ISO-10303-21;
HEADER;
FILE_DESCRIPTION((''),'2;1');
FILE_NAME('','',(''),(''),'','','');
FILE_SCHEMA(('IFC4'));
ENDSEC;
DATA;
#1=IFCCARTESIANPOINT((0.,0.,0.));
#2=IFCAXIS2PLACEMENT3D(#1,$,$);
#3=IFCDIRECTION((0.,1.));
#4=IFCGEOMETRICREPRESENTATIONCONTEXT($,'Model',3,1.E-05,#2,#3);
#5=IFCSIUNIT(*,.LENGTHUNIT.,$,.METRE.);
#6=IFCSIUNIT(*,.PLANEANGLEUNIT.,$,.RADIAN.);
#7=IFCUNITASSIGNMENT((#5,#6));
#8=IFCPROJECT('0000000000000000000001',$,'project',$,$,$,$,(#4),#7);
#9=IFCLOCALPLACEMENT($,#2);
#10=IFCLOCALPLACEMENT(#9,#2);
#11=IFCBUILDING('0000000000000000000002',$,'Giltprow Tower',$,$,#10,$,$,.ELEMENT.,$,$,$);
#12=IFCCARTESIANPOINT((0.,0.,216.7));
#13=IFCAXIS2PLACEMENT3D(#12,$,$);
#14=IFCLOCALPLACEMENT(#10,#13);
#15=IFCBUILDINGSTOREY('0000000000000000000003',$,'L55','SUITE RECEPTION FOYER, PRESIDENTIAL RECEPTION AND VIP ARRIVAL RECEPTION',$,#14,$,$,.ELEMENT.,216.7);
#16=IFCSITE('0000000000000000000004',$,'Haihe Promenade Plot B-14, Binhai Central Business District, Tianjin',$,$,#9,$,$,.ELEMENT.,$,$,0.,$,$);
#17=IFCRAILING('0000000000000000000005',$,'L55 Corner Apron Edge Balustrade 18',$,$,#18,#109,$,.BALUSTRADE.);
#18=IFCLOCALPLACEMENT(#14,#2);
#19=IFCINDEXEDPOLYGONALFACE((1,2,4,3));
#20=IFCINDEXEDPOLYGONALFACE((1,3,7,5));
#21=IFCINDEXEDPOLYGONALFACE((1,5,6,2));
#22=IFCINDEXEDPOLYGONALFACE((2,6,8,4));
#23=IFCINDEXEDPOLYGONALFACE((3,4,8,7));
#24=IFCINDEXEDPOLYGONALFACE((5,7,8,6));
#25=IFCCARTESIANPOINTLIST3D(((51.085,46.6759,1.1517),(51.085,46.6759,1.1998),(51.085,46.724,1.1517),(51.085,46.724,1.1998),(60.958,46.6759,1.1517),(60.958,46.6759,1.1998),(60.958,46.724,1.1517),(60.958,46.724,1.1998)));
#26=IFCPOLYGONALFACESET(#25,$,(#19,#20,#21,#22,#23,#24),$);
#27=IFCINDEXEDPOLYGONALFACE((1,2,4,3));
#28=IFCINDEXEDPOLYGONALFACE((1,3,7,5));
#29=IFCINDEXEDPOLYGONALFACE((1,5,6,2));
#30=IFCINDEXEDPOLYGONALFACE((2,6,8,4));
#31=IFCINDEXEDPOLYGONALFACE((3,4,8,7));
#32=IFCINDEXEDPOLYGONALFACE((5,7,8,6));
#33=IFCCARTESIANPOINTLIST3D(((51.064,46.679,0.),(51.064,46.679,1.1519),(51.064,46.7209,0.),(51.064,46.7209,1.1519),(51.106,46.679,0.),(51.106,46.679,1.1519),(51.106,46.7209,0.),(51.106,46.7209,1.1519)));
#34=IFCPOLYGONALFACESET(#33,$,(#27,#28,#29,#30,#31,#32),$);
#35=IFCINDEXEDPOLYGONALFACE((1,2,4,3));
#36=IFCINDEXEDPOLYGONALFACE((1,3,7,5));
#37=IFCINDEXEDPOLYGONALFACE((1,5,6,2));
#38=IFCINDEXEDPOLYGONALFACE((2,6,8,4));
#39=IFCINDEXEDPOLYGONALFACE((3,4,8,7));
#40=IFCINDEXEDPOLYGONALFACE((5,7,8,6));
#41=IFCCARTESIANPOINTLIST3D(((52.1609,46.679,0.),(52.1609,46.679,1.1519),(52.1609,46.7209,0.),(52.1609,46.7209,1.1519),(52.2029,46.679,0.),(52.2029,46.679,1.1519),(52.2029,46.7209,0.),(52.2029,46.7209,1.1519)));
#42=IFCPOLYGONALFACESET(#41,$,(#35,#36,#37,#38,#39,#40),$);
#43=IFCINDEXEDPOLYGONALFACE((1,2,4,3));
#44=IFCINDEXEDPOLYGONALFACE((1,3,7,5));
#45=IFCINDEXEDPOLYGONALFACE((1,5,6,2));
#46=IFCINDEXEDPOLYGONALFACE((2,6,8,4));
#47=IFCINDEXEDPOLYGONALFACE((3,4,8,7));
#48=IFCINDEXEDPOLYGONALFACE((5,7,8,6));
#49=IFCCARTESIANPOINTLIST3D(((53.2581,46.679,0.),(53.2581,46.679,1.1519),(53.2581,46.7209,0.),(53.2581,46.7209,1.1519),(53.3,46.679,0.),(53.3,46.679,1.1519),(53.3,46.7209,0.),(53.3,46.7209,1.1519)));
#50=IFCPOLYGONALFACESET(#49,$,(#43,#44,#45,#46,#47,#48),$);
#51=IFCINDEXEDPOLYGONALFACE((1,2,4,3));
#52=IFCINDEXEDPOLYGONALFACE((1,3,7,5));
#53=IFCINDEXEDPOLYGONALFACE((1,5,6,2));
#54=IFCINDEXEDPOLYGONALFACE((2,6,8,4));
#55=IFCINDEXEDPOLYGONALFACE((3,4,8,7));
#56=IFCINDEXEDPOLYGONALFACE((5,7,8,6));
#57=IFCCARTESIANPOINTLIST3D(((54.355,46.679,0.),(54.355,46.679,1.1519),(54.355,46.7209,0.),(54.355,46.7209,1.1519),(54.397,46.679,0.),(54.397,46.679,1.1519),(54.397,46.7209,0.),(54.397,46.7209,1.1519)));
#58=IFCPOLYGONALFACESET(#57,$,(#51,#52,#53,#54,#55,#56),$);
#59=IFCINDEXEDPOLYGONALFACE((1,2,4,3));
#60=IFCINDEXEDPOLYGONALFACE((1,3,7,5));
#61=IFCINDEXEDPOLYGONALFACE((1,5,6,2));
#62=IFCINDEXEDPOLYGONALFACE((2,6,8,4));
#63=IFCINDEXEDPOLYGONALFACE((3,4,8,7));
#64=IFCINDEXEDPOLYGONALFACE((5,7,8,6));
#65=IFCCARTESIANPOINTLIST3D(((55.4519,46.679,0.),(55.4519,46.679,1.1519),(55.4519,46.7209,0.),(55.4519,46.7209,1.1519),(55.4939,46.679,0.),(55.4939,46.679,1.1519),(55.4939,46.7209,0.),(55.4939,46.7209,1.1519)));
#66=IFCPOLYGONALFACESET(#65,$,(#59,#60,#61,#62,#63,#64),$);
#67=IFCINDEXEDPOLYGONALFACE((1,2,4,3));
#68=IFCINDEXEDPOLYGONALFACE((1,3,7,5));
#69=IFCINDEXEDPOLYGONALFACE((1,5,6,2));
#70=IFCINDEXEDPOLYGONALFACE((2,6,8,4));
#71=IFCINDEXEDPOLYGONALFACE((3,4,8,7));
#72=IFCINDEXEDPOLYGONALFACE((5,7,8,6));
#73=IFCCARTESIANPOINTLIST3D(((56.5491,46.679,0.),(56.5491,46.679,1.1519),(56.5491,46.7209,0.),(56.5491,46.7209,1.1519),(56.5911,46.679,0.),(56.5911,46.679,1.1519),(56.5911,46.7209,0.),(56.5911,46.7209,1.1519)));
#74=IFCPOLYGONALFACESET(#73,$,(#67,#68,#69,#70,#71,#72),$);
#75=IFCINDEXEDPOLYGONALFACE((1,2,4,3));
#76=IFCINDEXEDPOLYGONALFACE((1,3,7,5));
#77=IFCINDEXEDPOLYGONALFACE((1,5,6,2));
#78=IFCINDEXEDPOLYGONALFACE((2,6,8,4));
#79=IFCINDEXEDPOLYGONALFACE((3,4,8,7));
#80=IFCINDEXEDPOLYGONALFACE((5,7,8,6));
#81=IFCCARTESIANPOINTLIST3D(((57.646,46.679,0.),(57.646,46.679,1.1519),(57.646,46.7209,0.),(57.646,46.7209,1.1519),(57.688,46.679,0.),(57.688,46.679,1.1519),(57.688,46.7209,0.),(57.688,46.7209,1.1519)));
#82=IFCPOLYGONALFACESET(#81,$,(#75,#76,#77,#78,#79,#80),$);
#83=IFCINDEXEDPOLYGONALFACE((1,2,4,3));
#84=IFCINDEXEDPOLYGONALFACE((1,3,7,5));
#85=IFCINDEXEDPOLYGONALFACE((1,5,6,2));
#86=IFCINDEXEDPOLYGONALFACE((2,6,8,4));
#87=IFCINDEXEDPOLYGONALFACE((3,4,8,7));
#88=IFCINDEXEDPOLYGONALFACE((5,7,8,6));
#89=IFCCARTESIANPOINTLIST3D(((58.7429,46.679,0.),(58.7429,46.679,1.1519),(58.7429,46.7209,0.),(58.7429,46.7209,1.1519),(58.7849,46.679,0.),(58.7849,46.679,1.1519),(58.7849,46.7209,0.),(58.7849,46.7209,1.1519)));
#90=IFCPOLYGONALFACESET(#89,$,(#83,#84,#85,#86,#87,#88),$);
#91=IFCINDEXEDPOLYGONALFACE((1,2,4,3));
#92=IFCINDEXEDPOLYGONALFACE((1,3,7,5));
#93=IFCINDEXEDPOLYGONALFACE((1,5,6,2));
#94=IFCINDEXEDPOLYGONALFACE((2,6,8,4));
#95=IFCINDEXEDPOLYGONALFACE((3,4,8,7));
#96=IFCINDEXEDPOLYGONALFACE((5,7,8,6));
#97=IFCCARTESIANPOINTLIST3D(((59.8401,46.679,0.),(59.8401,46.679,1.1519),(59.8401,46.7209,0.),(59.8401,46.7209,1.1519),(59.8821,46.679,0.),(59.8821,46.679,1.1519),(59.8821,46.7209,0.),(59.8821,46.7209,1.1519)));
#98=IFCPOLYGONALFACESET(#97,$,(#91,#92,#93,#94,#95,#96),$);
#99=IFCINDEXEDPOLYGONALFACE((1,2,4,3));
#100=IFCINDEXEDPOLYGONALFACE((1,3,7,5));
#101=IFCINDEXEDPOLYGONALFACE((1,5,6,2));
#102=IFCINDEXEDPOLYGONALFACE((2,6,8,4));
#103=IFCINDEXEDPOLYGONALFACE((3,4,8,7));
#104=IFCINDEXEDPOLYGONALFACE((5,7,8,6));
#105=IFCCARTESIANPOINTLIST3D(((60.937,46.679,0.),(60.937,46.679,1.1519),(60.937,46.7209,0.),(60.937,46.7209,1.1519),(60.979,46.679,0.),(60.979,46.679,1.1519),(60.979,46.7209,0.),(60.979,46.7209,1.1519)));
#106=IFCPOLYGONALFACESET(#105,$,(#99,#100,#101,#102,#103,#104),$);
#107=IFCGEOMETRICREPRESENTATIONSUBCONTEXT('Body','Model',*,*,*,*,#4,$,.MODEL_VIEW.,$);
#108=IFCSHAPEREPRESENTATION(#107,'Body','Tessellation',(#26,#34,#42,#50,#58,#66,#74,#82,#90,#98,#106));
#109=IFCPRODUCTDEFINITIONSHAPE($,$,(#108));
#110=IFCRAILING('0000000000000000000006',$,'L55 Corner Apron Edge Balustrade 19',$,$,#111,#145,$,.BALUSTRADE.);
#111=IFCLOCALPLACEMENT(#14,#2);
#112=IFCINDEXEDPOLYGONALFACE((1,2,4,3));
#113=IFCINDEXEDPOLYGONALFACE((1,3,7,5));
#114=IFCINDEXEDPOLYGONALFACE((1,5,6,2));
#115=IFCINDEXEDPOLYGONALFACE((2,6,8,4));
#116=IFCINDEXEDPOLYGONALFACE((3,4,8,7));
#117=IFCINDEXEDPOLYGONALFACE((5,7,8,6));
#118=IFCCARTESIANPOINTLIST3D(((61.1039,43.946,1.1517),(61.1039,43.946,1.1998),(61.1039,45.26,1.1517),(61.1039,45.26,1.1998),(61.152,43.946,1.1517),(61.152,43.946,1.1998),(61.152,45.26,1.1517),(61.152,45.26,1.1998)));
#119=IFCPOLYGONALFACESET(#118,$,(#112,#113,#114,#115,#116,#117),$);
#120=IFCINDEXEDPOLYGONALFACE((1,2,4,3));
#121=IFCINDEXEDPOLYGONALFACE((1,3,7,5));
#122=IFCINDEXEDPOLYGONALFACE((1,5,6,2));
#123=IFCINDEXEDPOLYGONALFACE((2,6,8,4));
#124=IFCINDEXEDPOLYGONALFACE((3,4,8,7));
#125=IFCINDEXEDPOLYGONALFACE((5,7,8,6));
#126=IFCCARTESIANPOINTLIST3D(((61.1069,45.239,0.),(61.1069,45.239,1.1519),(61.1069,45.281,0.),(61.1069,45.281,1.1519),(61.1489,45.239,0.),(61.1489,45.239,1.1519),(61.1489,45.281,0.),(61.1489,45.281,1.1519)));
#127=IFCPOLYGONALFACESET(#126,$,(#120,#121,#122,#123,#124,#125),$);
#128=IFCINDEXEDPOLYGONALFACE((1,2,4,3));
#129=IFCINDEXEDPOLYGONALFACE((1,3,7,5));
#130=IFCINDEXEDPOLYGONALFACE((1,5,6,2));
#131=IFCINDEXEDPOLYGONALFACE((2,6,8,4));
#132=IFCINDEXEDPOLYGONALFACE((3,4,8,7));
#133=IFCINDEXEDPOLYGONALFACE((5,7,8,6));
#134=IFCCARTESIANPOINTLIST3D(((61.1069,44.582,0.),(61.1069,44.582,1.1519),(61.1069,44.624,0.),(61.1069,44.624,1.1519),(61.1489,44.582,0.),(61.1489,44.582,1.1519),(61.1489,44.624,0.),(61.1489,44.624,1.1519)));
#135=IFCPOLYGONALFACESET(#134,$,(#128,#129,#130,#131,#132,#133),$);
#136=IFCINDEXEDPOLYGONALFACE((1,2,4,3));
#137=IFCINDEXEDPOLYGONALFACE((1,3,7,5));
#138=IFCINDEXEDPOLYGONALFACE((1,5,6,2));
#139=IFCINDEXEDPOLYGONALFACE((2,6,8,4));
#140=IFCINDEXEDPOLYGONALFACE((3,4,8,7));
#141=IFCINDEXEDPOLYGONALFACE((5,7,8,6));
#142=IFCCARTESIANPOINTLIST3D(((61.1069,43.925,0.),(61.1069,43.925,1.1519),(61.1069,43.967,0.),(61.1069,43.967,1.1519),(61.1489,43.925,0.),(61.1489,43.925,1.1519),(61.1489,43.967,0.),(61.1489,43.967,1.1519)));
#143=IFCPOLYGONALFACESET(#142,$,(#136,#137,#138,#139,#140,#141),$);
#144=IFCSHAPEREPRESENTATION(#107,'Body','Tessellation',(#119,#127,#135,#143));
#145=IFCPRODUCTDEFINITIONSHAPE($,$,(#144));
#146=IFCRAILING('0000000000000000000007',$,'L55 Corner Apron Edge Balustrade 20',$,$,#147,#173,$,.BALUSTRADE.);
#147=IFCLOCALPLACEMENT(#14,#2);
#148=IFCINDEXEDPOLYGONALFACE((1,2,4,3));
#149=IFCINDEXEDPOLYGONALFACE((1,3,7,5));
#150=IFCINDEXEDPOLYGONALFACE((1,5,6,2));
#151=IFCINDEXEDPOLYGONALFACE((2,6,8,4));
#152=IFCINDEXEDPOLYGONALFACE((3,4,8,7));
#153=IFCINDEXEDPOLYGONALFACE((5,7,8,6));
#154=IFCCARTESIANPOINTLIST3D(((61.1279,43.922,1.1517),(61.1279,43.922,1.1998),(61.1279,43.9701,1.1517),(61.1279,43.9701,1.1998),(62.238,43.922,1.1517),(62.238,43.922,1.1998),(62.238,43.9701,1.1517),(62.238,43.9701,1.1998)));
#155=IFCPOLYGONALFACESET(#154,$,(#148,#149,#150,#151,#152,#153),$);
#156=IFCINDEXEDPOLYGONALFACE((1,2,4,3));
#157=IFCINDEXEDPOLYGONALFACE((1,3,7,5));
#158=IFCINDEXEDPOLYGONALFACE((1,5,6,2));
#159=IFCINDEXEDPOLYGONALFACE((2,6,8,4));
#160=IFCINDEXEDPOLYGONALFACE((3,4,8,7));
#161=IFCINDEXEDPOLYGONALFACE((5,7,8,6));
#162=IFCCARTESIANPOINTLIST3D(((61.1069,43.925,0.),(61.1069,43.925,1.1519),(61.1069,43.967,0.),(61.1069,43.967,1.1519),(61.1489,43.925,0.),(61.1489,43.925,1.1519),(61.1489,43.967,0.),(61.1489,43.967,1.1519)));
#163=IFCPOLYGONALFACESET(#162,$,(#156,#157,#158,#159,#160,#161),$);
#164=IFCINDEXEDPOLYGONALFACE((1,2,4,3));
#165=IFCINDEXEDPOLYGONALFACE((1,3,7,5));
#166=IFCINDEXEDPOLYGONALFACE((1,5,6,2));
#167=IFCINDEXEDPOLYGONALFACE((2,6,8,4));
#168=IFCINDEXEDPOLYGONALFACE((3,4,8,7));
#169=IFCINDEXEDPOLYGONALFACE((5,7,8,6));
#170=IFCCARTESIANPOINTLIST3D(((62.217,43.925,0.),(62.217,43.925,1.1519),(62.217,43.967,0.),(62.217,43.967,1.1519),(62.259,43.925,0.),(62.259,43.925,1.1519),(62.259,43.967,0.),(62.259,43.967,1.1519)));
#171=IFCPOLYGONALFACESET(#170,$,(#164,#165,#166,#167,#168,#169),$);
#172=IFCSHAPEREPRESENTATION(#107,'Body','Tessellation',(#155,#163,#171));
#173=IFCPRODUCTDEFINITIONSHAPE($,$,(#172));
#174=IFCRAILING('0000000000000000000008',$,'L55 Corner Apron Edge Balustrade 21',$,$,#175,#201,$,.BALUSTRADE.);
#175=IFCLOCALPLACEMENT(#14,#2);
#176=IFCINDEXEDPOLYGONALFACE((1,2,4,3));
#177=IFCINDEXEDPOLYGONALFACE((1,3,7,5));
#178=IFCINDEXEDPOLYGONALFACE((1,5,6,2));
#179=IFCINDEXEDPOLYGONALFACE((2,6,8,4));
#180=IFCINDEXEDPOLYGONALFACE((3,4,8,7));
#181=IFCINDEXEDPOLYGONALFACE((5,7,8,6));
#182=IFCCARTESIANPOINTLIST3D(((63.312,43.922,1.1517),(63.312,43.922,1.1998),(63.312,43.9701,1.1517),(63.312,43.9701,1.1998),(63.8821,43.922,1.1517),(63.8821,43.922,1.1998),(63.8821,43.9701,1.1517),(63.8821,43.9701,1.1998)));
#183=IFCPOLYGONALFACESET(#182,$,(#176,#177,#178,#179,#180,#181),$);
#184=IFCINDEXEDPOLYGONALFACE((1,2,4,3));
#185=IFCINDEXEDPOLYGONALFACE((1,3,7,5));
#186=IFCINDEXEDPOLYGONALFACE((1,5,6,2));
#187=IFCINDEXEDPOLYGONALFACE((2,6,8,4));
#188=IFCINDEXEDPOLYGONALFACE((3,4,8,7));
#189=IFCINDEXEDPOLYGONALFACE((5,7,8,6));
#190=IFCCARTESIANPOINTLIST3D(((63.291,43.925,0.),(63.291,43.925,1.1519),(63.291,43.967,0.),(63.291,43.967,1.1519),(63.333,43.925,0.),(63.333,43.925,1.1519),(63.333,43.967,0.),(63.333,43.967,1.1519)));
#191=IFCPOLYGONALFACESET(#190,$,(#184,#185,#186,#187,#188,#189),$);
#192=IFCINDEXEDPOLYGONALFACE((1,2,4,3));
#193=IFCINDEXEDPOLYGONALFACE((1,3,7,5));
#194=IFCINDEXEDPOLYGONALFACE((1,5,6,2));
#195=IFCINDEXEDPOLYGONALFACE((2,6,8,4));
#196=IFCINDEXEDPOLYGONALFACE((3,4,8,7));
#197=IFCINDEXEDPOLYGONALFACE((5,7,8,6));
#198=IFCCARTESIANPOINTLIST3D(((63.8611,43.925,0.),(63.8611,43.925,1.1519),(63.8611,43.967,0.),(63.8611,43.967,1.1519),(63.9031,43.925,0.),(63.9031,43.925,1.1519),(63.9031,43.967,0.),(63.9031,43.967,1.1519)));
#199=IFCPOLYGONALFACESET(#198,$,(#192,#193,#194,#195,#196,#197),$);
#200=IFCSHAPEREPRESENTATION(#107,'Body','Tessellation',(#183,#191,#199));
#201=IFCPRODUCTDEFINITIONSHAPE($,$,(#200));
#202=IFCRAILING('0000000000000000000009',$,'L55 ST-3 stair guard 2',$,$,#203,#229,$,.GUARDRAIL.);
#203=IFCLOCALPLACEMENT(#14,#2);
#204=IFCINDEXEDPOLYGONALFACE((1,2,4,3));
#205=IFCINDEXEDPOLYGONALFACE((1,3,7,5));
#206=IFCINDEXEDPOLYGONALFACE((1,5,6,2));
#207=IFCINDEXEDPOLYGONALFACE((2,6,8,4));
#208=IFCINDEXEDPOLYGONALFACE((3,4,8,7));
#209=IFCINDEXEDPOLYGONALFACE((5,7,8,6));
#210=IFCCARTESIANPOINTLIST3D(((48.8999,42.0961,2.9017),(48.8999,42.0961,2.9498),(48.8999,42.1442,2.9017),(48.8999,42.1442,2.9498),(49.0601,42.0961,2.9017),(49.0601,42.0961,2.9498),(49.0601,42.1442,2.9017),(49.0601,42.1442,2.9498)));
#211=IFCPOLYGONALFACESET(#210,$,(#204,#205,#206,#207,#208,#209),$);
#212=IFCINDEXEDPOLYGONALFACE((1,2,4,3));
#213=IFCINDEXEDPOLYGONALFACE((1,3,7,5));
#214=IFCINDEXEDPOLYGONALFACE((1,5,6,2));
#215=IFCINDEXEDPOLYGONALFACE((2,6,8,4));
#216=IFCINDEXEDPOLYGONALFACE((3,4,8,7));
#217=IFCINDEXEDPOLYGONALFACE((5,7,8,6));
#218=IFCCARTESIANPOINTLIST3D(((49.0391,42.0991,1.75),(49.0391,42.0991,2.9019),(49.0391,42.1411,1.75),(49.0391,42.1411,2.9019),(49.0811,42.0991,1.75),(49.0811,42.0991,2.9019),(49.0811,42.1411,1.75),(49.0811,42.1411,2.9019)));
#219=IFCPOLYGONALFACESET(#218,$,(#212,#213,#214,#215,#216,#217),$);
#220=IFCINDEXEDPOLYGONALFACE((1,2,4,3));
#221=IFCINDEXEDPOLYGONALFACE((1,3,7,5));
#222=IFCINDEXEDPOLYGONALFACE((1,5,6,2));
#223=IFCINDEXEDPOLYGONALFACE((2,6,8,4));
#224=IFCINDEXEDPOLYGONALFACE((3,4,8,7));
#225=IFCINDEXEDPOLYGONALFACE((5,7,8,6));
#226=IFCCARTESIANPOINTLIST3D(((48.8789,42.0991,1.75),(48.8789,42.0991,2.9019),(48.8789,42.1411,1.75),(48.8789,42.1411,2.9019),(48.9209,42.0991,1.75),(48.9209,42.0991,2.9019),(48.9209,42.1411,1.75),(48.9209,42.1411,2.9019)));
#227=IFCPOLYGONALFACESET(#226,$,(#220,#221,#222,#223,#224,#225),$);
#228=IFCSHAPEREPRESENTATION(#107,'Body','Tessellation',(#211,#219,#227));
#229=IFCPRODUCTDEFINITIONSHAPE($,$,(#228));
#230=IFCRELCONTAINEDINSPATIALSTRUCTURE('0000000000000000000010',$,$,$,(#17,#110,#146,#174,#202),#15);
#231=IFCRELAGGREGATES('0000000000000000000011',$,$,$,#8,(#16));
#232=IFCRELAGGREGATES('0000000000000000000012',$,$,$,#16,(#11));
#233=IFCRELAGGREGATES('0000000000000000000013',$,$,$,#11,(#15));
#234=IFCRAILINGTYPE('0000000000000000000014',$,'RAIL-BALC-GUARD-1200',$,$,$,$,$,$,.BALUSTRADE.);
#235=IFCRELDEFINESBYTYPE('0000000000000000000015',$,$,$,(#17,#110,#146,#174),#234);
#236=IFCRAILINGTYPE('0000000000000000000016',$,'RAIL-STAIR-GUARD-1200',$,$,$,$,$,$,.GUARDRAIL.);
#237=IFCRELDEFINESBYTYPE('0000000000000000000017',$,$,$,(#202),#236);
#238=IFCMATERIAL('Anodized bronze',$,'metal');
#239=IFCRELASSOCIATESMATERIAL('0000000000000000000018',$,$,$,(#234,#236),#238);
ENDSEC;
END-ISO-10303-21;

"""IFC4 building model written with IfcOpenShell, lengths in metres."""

from ifc_helpers import new_model, si_unit, direction, frame, origin, origin_2d, place, context, subcontext, project, spatial, rectangle, extrude, material, type_object, element, save


model = new_model("IFC4")

# Units and contexts
model_context = context("Model", 3, precision=1e-05, world=origin(), true_north=direction((0.0, 1.0)))
body_context = subcontext(model_context, "Body", "Model", "MODEL_VIEW")
ifc_project = project(units=[si_unit("LENGTHUNIT", "METRE"), si_unit("PLANEANGLEUNIT", "RADIAN")], contexts=[model_context])

# Site, building, storey
site_placement = place(None, origin())
site = spatial("IfcSite", under=ifc_project, at=site_placement, Name="Haihe Promenade Plot B-14, Binhai Central Business District, Tianjin", CompositionType="ELEMENT", RefElevation=0.0)
building_placement = place(site_placement, origin())
building = spatial("IfcBuilding", under=site, at=building_placement, Name="Giltprow Tower", CompositionType="ELEMENT")
storey_placement = place(building_placement, frame((0.0, 0.0, 216.7)))
storey = spatial("IfcBuildingStorey", under=building, at=storey_placement, Name="L55", Description="SUITE RECEPTION FOYER, PRESIDENTIAL RECEPTION AND VIP ARRIVAL RECEPTION", CompositionType="ELEMENT", Elevation=216.7)

# Railings
ifc_material_1 = material(Name="Anodized bronze", Category="metal")
railing_type_1 = type_object("IfcRailingType", Name="RAIL-BALC-GUARD-1200", PredefinedType="BALUSTRADE", material=ifc_material_1)
railing_1_placement = place(storey_placement, frame((51.085, 46.7, 0.0)))
element("IfcRailing", 1, at=railing_1_placement, inside=storey, type_object=railing_type_1, Name="L55 Corner Apron Edge Balustrade 18", PredefinedType="BALUSTRADE", context=body_context, shape_type="SweptSolid", body=[
    extrude(rectangle(XDim=0.0481, YDim=0.0481, at=origin_2d()), frame((0.0, 0.0, 1.1758), z_axis=(1.0, 0.0, 0.0), x_axis=(0.0, 1.0, 0.0)), (0.0, 0.0, 1.0), 9.873),
    extrude(rectangle(XDim=0.042, YDim=0.042, at=origin_2d()), origin(), (0.0, 0.0, 1.0), 1.1519),
    extrude(rectangle(XDim=0.042, YDim=0.042, at=origin_2d()), frame((1.0969, 0.0, 0.0)), (0.0, 0.0, 1.0), 1.1519),
    extrude(rectangle(XDim=0.042, YDim=0.042, at=origin_2d()), frame((2.1941, 0.0, 0.0)), (0.0, 0.0, 1.0), 1.1519),
    extrude(rectangle(XDim=0.042, YDim=0.042, at=origin_2d()), frame((3.291, 0.0, 0.0)), (0.0, 0.0, 1.0), 1.1519),
    extrude(rectangle(XDim=0.042, YDim=0.042, at=origin_2d()), frame((4.3879, 0.0, 0.0)), (0.0, 0.0, 1.0), 1.1519),
    extrude(rectangle(XDim=0.042, YDim=0.042, at=origin_2d()), frame((5.4851, 0.0, 0.0)), (0.0, 0.0, 1.0), 1.1519),
    extrude(rectangle(XDim=0.042, YDim=0.042, at=origin_2d()), frame((6.582, 0.0, 0.0)), (0.0, 0.0, 1.0), 1.1519),
    extrude(rectangle(XDim=0.042, YDim=0.042, at=origin_2d()), frame((7.679, 0.0, 0.0)), (0.0, 0.0, 1.0), 1.1519),
    extrude(rectangle(XDim=0.042, YDim=0.042, at=origin_2d()), frame((8.7761, 0.0, 0.0)), (0.0, 0.0, 1.0), 1.1519),
    extrude(rectangle(XDim=0.042, YDim=0.042, at=origin_2d()), frame((9.873, 0.0, 0.0)), (0.0, 0.0, 1.0), 1.1519),
])
railing_2_placement = place(storey_placement, frame((61.1279, 45.26, 0.0)))
element("IfcRailing", 2, at=railing_2_placement, inside=storey, type_object=railing_type_1, Name="L55 Corner Apron Edge Balustrade 19", PredefinedType="BALUSTRADE", context=body_context, shape_type="SweptSolid", body=[
    extrude(rectangle(XDim=0.0481, YDim=0.0481, at=origin_2d()), frame((0.0, 0.0, 1.1758), z_axis=(0.0, -1.0, 0.0), x_axis=(1.0, 0.0, 0.0)), (0.0, 0.0, 1.0), 1.314),
    extrude(rectangle(XDim=0.042, YDim=0.042, at=origin_2d()), origin(), (0.0, 0.0, 1.0), 1.1519),
    extrude(rectangle(XDim=0.042, YDim=0.042, at=origin_2d()), frame((0.0, -0.657, 0.0)), (0.0, 0.0, 1.0), 1.1519),
    extrude(rectangle(XDim=0.042, YDim=0.042, at=origin_2d()), frame((0.0, -1.314, 0.0)), (0.0, 0.0, 1.0), 1.1519),
])
railing_3_placement = place(storey_placement, frame((61.1279, 43.946, 0.0)))
element("IfcRailing", 3, at=railing_3_placement, inside=storey, type_object=railing_type_1, Name="L55 Corner Apron Edge Balustrade 20", PredefinedType="BALUSTRADE", context=body_context, shape_type="SweptSolid", body=[
    extrude(rectangle(XDim=0.0481, YDim=0.0481, at=origin_2d()), frame((0.0, 0.0, 1.1758), z_axis=(1.0, 0.0, 0.0), x_axis=(0.0, 1.0, 0.0)), (0.0, 0.0, 1.0), 1.1101),
    extrude(rectangle(XDim=0.042, YDim=0.042, at=origin_2d()), origin(), (0.0, 0.0, 1.0), 1.1519),
    extrude(rectangle(XDim=0.042, YDim=0.042, at=origin_2d()), frame((1.1101, 0.0, 0.0)), (0.0, 0.0, 1.0), 1.1519),
])
railing_4_placement = place(storey_placement, frame((63.312, 43.946, 0.0)))
element("IfcRailing", 4, at=railing_4_placement, inside=storey, type_object=railing_type_1, Name="L55 Corner Apron Edge Balustrade 21", PredefinedType="BALUSTRADE", context=body_context, shape_type="SweptSolid", body=[
    extrude(rectangle(XDim=0.0481, YDim=0.0481, at=origin_2d()), frame((0.0, 0.0, 1.1758), z_axis=(1.0, 0.0, 0.0), x_axis=(0.0, 1.0, 0.0)), (0.0, 0.0, 1.0), 0.5701),
    extrude(rectangle(XDim=0.042, YDim=0.042, at=origin_2d()), origin(), (0.0, 0.0, 1.0), 1.1519),
    extrude(rectangle(XDim=0.042, YDim=0.042, at=origin_2d()), frame((0.5701, 0.0, 0.0)), (0.0, 0.0, 1.0), 1.1519),
])
railing_type_2 = type_object("IfcRailingType", Name="RAIL-STAIR-GUARD-1200", PredefinedType="GUARDRAIL", material=ifc_material_1)
railing_5_placement = place(storey_placement, frame((49.0601, 42.1201, 1.75)))
element("IfcRailing", 5, at=railing_5_placement, inside=storey, type_object=railing_type_2, Name="L55 ST-3 stair guard 2", PredefinedType="GUARDRAIL", context=body_context, shape_type="SweptSolid", body=[
    extrude(rectangle(XDim=0.0481, YDim=0.0481, at=origin_2d()), frame((0.0, 0.0, 1.1758), z_axis=(-1.0, 0.0, 0.0), x_axis=(0.0, -1.0, 0.0)), (0.0, 0.0, 1.0), 0.1602),
    extrude(rectangle(XDim=0.042, YDim=0.042, at=origin_2d()), origin(), (0.0, 0.0, 1.0), 1.1519),
    extrude(rectangle(XDim=0.042, YDim=0.042, at=origin_2d()), frame((-0.1602, 0.0, 0.0)), (0.0, 0.0, 1.0), 1.1519),
])

save(model, "model.ifc")
